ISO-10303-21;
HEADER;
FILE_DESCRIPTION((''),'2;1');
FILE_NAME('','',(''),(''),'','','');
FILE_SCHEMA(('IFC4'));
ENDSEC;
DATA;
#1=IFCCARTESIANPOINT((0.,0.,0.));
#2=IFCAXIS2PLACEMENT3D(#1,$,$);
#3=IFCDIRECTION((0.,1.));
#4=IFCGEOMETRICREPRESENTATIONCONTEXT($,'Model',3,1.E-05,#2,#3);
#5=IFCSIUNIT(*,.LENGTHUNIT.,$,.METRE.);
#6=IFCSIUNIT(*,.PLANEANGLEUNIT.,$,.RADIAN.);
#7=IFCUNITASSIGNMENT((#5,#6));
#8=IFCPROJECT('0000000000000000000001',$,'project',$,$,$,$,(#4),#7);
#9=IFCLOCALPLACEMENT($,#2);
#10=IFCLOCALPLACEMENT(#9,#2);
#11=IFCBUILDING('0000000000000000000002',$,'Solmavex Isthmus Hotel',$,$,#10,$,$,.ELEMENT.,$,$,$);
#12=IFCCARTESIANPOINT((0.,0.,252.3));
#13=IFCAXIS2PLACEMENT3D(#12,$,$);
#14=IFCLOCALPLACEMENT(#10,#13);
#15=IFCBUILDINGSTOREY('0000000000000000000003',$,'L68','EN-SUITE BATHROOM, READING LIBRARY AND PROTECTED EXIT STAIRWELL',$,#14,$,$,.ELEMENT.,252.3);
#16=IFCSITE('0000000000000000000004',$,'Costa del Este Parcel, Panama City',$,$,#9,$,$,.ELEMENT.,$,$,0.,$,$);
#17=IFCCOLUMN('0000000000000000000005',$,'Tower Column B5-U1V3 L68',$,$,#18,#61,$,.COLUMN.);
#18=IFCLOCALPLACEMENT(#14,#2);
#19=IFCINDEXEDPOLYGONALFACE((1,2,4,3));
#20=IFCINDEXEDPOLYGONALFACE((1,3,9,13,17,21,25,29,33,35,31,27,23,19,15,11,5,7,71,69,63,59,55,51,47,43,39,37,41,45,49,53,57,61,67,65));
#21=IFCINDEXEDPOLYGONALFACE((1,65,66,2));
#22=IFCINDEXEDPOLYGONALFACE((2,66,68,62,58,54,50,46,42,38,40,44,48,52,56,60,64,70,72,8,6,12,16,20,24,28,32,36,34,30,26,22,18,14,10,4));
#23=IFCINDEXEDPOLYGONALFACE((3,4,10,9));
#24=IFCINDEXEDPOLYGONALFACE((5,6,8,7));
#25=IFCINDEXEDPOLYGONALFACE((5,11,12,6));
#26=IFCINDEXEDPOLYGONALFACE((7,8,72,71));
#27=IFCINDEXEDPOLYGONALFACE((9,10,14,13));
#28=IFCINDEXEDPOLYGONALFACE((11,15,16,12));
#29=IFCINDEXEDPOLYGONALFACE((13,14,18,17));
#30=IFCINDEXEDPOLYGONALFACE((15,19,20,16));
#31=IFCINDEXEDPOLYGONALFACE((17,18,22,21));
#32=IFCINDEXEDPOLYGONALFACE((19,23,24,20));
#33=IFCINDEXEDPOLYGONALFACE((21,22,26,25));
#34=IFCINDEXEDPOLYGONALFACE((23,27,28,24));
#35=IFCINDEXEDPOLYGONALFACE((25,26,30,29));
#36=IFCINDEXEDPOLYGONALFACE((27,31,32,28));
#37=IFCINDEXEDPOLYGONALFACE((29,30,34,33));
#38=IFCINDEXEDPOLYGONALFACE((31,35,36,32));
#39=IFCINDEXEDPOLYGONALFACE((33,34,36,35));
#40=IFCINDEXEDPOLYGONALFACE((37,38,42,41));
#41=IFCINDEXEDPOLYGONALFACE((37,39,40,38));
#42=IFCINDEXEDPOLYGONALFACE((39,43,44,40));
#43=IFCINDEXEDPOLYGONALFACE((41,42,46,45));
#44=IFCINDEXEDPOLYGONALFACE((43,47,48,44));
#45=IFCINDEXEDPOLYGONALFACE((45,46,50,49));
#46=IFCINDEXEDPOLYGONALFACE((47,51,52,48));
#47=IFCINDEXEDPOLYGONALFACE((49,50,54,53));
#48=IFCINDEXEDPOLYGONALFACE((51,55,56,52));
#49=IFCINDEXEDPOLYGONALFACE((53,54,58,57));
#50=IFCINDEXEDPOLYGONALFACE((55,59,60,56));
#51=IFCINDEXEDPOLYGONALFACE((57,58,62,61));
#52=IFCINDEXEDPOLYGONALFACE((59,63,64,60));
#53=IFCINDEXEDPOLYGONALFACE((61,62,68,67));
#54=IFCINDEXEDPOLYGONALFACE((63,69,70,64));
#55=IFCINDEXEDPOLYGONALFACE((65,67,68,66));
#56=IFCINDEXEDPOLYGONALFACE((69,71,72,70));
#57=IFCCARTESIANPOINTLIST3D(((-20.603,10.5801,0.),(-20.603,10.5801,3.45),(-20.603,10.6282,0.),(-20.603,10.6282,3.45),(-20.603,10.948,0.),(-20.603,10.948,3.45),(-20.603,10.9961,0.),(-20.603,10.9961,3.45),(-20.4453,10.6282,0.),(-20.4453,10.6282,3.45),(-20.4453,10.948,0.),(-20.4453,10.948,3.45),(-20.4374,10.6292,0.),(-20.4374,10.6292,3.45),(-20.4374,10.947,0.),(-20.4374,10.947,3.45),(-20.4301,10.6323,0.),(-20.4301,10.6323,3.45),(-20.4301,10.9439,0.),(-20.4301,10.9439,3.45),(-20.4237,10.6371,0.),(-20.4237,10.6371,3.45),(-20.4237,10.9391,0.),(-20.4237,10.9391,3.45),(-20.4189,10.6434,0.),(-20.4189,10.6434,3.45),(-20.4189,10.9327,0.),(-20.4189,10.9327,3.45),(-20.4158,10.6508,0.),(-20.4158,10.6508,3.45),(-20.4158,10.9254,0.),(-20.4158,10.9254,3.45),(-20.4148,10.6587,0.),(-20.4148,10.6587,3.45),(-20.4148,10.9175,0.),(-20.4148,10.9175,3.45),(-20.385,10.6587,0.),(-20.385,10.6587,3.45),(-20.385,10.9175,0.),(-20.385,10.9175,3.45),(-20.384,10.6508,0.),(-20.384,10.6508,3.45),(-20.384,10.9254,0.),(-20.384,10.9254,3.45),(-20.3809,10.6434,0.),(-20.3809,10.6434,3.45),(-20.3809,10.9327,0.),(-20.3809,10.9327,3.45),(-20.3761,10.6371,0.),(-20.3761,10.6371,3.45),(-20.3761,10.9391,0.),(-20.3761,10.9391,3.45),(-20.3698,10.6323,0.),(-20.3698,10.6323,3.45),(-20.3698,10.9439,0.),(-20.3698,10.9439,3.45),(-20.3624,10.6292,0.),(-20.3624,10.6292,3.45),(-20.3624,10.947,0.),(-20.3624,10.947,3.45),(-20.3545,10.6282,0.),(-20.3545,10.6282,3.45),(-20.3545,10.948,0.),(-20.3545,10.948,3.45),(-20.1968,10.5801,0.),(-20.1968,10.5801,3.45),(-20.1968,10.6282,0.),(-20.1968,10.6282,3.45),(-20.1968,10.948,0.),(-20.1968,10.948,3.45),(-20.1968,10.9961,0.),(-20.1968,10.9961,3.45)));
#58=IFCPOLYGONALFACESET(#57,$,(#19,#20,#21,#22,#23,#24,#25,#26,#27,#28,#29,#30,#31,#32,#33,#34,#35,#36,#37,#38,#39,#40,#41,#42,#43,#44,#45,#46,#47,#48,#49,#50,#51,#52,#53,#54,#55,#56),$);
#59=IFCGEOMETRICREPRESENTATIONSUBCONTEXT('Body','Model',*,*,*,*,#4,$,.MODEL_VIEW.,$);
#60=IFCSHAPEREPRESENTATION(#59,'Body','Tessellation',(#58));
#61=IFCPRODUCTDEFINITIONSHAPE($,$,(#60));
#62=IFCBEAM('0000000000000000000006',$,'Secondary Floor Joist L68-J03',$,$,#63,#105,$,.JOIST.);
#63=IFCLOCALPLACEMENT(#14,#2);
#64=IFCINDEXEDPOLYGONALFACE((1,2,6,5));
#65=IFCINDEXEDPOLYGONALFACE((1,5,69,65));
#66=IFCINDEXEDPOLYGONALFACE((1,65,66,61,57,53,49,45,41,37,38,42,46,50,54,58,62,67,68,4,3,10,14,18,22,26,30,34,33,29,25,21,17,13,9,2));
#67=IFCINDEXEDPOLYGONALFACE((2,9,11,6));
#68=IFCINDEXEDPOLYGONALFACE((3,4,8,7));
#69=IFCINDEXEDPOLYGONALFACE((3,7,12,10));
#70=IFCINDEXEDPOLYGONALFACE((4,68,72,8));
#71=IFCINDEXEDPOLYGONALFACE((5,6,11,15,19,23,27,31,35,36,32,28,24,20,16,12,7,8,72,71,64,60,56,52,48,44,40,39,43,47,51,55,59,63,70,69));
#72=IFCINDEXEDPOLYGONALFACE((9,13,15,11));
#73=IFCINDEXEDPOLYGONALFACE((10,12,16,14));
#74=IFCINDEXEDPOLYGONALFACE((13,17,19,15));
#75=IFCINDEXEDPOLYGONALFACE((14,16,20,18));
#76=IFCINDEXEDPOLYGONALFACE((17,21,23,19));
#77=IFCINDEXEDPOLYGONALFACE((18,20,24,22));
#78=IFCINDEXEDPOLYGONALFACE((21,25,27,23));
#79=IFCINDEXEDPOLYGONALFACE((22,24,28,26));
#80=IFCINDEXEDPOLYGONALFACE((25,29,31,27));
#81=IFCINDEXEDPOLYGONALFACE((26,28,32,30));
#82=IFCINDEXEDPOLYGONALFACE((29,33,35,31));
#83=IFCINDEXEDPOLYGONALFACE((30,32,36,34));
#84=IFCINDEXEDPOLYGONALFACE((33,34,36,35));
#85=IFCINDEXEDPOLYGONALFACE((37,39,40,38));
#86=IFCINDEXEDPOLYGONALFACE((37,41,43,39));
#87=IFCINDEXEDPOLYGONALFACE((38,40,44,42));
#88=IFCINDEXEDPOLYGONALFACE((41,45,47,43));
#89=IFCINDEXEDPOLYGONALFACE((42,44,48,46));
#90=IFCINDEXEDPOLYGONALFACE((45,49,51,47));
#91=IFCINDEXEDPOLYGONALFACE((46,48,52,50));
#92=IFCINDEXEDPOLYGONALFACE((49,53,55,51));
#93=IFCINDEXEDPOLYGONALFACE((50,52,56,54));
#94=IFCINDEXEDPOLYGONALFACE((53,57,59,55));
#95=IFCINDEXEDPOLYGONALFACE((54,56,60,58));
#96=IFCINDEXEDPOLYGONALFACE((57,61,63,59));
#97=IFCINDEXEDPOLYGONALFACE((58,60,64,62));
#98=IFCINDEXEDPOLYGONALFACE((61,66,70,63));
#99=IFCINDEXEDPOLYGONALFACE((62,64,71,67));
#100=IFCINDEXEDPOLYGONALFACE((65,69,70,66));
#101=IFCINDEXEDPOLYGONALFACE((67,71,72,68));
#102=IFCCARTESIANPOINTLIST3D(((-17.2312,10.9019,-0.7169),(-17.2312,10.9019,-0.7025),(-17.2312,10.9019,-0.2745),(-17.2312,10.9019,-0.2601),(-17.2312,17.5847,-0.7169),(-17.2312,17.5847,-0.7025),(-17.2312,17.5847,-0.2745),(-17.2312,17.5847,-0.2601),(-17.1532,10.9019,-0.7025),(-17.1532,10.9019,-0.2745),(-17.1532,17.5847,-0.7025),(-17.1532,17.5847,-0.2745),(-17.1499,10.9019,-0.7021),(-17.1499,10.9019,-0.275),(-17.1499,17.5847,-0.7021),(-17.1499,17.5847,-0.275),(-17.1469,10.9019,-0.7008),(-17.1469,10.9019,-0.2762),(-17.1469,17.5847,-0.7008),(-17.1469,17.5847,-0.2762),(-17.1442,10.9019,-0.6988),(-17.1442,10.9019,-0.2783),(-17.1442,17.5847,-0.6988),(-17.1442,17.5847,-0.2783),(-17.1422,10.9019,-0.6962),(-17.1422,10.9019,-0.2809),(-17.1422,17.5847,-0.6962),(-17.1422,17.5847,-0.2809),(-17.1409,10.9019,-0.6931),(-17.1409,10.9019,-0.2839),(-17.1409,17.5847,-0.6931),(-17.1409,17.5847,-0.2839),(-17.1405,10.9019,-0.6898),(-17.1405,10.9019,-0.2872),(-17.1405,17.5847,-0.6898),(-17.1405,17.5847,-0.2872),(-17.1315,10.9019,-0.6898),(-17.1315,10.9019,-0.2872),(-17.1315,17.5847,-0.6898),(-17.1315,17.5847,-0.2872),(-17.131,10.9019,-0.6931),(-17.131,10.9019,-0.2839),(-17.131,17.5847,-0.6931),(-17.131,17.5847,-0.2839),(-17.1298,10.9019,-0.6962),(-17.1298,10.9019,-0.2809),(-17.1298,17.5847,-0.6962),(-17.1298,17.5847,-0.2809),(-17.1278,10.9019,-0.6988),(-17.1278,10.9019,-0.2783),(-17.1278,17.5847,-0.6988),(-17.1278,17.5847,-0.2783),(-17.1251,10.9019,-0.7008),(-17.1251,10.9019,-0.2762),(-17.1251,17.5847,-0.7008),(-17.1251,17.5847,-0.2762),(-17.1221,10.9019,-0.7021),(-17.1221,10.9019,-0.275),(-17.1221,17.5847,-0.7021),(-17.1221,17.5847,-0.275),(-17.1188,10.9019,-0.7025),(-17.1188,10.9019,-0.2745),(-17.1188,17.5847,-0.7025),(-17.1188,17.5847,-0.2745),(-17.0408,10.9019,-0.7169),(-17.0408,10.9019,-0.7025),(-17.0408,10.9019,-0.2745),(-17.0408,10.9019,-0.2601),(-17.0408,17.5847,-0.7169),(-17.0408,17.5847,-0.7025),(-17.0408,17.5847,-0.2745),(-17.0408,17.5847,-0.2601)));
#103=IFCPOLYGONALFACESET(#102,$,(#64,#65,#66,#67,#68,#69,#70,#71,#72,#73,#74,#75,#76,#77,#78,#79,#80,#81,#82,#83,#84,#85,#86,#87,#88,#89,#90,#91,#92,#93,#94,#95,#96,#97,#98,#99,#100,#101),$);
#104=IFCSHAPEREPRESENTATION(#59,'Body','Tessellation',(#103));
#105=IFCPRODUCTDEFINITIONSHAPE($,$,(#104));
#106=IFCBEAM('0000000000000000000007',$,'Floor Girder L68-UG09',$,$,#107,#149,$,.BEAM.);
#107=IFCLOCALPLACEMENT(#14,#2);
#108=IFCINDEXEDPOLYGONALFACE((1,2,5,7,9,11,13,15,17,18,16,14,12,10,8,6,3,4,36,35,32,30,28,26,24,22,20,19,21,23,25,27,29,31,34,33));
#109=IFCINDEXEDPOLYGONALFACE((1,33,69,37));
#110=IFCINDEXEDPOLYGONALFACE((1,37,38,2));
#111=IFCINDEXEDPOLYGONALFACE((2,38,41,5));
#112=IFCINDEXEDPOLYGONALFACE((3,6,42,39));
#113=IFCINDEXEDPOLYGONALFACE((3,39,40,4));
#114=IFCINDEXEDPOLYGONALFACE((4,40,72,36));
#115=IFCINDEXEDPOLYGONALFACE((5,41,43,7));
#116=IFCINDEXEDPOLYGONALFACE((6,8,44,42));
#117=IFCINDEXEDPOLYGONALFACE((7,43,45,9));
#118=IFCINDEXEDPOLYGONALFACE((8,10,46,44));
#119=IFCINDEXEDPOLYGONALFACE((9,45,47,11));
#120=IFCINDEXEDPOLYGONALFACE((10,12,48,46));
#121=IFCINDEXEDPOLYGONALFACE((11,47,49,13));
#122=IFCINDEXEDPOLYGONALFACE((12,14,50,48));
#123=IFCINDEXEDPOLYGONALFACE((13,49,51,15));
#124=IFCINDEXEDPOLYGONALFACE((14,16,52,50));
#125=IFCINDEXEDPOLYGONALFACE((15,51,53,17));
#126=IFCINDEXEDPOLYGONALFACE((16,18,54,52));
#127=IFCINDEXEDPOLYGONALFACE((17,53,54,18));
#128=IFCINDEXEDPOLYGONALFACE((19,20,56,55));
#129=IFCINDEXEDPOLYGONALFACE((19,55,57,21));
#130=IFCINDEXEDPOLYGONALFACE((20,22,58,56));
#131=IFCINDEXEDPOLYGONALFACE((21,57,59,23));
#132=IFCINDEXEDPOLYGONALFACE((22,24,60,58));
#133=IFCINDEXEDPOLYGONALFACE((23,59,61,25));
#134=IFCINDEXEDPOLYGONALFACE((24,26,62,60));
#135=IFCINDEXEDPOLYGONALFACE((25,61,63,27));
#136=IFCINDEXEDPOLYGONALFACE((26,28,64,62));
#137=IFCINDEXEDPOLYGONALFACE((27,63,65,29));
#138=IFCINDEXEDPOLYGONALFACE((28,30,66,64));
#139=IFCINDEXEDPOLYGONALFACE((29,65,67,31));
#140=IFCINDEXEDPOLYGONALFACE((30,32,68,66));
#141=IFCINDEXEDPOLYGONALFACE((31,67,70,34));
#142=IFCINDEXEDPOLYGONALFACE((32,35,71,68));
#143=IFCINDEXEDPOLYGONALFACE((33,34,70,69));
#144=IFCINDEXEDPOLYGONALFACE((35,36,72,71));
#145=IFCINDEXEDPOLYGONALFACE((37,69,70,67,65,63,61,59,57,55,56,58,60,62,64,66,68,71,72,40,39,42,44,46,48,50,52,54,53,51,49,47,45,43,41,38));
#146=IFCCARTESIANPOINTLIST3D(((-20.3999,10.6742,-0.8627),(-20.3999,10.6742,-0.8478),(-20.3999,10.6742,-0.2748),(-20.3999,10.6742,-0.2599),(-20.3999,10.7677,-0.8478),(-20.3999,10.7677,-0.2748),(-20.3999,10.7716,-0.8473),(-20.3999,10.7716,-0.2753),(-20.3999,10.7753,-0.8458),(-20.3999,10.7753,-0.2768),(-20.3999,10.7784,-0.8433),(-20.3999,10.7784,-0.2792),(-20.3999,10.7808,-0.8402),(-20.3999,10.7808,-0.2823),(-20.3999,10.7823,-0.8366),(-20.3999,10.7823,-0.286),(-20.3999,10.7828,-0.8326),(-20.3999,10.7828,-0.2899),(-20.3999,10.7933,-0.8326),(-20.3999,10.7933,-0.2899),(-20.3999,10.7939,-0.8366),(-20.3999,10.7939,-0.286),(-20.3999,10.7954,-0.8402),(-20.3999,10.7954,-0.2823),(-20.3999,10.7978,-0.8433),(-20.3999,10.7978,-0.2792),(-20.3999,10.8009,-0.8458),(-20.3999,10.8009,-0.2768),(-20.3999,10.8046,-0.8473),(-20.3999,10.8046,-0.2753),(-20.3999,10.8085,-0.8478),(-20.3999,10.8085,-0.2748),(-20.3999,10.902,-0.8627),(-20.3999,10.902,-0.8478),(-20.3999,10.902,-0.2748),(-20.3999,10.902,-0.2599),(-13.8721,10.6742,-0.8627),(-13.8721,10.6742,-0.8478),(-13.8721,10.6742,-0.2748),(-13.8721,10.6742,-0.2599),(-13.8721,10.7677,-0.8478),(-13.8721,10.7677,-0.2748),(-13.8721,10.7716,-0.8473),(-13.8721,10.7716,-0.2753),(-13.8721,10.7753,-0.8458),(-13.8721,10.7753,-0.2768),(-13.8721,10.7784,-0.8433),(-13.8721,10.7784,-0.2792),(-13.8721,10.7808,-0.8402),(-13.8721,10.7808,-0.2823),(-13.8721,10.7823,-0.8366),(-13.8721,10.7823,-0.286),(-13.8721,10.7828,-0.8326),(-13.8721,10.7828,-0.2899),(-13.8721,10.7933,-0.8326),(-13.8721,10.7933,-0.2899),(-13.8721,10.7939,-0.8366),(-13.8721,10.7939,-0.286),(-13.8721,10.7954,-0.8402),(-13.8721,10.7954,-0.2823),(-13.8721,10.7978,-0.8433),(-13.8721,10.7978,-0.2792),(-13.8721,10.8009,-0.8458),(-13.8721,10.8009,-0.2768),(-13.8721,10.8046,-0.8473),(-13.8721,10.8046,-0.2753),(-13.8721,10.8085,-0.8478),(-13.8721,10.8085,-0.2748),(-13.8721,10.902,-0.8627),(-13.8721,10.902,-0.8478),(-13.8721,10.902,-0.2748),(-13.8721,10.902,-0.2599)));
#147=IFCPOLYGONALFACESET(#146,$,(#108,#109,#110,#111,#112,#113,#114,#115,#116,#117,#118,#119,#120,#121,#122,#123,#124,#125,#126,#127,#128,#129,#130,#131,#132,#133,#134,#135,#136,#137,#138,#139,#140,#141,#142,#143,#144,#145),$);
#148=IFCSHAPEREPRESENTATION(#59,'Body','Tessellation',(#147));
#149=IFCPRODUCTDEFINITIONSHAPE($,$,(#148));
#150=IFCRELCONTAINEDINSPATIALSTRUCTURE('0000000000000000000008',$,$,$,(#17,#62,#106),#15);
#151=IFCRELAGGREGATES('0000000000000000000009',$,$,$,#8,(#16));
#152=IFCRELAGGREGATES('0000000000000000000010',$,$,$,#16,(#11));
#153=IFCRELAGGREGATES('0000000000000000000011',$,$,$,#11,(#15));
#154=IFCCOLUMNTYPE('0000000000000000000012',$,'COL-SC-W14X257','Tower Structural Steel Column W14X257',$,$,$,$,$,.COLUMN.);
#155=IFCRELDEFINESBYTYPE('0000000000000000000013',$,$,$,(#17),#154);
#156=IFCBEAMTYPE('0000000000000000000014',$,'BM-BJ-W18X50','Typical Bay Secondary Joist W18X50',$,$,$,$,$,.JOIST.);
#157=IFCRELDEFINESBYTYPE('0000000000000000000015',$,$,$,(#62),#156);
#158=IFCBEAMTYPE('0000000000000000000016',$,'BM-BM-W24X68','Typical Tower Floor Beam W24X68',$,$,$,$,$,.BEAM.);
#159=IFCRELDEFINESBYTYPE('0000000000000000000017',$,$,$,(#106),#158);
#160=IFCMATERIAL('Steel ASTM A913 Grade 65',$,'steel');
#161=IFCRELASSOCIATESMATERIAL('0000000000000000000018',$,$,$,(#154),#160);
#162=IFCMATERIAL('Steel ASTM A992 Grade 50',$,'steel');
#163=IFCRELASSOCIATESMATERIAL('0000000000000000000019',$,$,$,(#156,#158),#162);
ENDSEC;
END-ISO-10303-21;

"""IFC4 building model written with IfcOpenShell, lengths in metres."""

from ifc_helpers import new_model, si_unit, direction, frame, origin, origin_2d, place, context, subcontext, project, spatial, i_section, extrude, material, material_profile, profile_set, type_object, element, save


model = new_model("IFC4")

# Units and contexts
model_context = context("Model", 3, precision=1e-05, world=origin(), true_north=direction((0.0, 1.0)))
body_context = subcontext(model_context, "Body", "Model", "MODEL_VIEW")
ifc_project = project(units=[si_unit("LENGTHUNIT", "METRE"), si_unit("PLANEANGLEUNIT", "RADIAN")], contexts=[model_context])

# Site, building, storey
site_placement = place(None, origin())
site = spatial("IfcSite", under=ifc_project, at=site_placement, Name="Costa del Este Parcel, Panama City", CompositionType="ELEMENT", RefElevation=0.0)
building_placement = place(site_placement, origin())
building = spatial("IfcBuilding", under=site, at=building_placement, Name="Solmavex Isthmus Hotel", CompositionType="ELEMENT")
storey_placement = place(building_placement, frame((0.0, 0.0, 252.3)))
storey = spatial("IfcBuildingStorey", under=building, at=storey_placement, Name="L68", Description="EN-SUITE BATHROOM, READING LIBRARY AND PROTECTED EXIT STAIRWELL", CompositionType="ELEMENT", Elevation=252.3)

# Column
ifc_material_1 = material(Name="Steel ASTM A913 Grade 65", Category="steel")
ifc_material_profile_1 = material_profile(ifc_material_1, i_section(OverallWidth=0.4062, OverallDepth=0.416, WebThickness=0.0298, FlangeThickness=0.0481, FilletRadius=0.0305, at=origin_2d()), Name="W14X257")
ifc_profile_set_1 = profile_set([ifc_material_profile_1], Name="Steel ASTM A913 Grade 65")
column_type = type_object("IfcColumnType", Name="COL-SC-W14X257", Description="Tower Structural Steel Column W14X257", PredefinedType="COLUMN", material=ifc_profile_set_1)
column_placement = place(storey_placement, frame((-20.3999, 10.7881, 0.0), z_axis=(0.0, 0.0, 1.0), x_axis=(1.0, 0.0, 0.0)))
element("IfcColumn", 1, at=column_placement, inside=storey, type_object=column_type, Name="Tower Column B5-U1V3 L68", PredefinedType="COLUMN", context=body_context, shape_type="SweptSolid", body=[
    extrude(i_section(OverallWidth=0.4062, OverallDepth=0.416, WebThickness=0.0298, FlangeThickness=0.0481, FilletRadius=0.0305, at=origin_2d()), origin(), (0.0, 0.0, 1.0), 3.45),
])

# Beams
ifc_material_2 = material(Name="Steel ASTM A992 Grade 50", Category="steel")
ifc_material_profile_2 = material_profile(ifc_material_2, i_section(OverallWidth=0.1904, OverallDepth=0.4568, WebThickness=0.009, FlangeThickness=0.0144, FilletRadius=0.0127, at=origin_2d()), Name="W18X50")
ifc_profile_set_2 = profile_set([ifc_material_profile_2], Name="Steel ASTM A992 Grade 50")
beam_type_1 = type_object("IfcBeamType", Name="BM-BJ-W18X50", Description="Typical Bay Secondary Joist W18X50", PredefinedType="JOIST", material=ifc_profile_set_2)
beam_1_placement = place(storey_placement, frame((-17.136, 10.9019, -0.4885), z_axis=(0.0, 1.0, 0.0), x_axis=(-1.0, 0.0, 0.0)))
element("IfcBeam", 2, at=beam_1_placement, inside=storey, type_object=beam_type_1, Name="Secondary Floor Joist L68-J03", PredefinedType="JOIST", context=body_context, shape_type="SweptSolid", body=[
    extrude(i_section(OverallWidth=0.1904, OverallDepth=0.4568, WebThickness=0.009, FlangeThickness=0.0144, FilletRadius=0.0127, at=origin_2d()), origin(), (0.0, 0.0, 1.0), 6.6829),
])
ifc_material_profile_3 = material_profile(ifc_material_2, i_section(OverallWidth=0.2278, OverallDepth=0.6028, WebThickness=0.0105, FlangeThickness=0.0149, FilletRadius=0.0151, at=origin_2d()), Name="W24X68")
ifc_profile_set_3 = profile_set([ifc_material_profile_3], Name="Steel ASTM A992 Grade 50")
beam_type_2 = type_object("IfcBeamType", Name="BM-BM-W24X68", Description="Typical Tower Floor Beam W24X68", PredefinedType="BEAM", material=ifc_profile_set_3)
beam_2_placement = place(storey_placement, frame((-20.3999, 10.7881, -0.5613), z_axis=(1.0, 0.0, 0.0), x_axis=(0.0, 1.0, 0.0)))
element("IfcBeam", 3, at=beam_2_placement, inside=storey, type_object=beam_type_2, Name="Floor Girder L68-UG09", PredefinedType="BEAM", context=body_context, shape_type="SweptSolid", body=[
    extrude(i_section(OverallWidth=0.2278, OverallDepth=0.6028, WebThickness=0.0105, FlangeThickness=0.0149, FilletRadius=0.0151, at=origin_2d()), origin(), (0.0, 0.0, 1.0), 6.5278),
])

save(model, "model.ifc")
